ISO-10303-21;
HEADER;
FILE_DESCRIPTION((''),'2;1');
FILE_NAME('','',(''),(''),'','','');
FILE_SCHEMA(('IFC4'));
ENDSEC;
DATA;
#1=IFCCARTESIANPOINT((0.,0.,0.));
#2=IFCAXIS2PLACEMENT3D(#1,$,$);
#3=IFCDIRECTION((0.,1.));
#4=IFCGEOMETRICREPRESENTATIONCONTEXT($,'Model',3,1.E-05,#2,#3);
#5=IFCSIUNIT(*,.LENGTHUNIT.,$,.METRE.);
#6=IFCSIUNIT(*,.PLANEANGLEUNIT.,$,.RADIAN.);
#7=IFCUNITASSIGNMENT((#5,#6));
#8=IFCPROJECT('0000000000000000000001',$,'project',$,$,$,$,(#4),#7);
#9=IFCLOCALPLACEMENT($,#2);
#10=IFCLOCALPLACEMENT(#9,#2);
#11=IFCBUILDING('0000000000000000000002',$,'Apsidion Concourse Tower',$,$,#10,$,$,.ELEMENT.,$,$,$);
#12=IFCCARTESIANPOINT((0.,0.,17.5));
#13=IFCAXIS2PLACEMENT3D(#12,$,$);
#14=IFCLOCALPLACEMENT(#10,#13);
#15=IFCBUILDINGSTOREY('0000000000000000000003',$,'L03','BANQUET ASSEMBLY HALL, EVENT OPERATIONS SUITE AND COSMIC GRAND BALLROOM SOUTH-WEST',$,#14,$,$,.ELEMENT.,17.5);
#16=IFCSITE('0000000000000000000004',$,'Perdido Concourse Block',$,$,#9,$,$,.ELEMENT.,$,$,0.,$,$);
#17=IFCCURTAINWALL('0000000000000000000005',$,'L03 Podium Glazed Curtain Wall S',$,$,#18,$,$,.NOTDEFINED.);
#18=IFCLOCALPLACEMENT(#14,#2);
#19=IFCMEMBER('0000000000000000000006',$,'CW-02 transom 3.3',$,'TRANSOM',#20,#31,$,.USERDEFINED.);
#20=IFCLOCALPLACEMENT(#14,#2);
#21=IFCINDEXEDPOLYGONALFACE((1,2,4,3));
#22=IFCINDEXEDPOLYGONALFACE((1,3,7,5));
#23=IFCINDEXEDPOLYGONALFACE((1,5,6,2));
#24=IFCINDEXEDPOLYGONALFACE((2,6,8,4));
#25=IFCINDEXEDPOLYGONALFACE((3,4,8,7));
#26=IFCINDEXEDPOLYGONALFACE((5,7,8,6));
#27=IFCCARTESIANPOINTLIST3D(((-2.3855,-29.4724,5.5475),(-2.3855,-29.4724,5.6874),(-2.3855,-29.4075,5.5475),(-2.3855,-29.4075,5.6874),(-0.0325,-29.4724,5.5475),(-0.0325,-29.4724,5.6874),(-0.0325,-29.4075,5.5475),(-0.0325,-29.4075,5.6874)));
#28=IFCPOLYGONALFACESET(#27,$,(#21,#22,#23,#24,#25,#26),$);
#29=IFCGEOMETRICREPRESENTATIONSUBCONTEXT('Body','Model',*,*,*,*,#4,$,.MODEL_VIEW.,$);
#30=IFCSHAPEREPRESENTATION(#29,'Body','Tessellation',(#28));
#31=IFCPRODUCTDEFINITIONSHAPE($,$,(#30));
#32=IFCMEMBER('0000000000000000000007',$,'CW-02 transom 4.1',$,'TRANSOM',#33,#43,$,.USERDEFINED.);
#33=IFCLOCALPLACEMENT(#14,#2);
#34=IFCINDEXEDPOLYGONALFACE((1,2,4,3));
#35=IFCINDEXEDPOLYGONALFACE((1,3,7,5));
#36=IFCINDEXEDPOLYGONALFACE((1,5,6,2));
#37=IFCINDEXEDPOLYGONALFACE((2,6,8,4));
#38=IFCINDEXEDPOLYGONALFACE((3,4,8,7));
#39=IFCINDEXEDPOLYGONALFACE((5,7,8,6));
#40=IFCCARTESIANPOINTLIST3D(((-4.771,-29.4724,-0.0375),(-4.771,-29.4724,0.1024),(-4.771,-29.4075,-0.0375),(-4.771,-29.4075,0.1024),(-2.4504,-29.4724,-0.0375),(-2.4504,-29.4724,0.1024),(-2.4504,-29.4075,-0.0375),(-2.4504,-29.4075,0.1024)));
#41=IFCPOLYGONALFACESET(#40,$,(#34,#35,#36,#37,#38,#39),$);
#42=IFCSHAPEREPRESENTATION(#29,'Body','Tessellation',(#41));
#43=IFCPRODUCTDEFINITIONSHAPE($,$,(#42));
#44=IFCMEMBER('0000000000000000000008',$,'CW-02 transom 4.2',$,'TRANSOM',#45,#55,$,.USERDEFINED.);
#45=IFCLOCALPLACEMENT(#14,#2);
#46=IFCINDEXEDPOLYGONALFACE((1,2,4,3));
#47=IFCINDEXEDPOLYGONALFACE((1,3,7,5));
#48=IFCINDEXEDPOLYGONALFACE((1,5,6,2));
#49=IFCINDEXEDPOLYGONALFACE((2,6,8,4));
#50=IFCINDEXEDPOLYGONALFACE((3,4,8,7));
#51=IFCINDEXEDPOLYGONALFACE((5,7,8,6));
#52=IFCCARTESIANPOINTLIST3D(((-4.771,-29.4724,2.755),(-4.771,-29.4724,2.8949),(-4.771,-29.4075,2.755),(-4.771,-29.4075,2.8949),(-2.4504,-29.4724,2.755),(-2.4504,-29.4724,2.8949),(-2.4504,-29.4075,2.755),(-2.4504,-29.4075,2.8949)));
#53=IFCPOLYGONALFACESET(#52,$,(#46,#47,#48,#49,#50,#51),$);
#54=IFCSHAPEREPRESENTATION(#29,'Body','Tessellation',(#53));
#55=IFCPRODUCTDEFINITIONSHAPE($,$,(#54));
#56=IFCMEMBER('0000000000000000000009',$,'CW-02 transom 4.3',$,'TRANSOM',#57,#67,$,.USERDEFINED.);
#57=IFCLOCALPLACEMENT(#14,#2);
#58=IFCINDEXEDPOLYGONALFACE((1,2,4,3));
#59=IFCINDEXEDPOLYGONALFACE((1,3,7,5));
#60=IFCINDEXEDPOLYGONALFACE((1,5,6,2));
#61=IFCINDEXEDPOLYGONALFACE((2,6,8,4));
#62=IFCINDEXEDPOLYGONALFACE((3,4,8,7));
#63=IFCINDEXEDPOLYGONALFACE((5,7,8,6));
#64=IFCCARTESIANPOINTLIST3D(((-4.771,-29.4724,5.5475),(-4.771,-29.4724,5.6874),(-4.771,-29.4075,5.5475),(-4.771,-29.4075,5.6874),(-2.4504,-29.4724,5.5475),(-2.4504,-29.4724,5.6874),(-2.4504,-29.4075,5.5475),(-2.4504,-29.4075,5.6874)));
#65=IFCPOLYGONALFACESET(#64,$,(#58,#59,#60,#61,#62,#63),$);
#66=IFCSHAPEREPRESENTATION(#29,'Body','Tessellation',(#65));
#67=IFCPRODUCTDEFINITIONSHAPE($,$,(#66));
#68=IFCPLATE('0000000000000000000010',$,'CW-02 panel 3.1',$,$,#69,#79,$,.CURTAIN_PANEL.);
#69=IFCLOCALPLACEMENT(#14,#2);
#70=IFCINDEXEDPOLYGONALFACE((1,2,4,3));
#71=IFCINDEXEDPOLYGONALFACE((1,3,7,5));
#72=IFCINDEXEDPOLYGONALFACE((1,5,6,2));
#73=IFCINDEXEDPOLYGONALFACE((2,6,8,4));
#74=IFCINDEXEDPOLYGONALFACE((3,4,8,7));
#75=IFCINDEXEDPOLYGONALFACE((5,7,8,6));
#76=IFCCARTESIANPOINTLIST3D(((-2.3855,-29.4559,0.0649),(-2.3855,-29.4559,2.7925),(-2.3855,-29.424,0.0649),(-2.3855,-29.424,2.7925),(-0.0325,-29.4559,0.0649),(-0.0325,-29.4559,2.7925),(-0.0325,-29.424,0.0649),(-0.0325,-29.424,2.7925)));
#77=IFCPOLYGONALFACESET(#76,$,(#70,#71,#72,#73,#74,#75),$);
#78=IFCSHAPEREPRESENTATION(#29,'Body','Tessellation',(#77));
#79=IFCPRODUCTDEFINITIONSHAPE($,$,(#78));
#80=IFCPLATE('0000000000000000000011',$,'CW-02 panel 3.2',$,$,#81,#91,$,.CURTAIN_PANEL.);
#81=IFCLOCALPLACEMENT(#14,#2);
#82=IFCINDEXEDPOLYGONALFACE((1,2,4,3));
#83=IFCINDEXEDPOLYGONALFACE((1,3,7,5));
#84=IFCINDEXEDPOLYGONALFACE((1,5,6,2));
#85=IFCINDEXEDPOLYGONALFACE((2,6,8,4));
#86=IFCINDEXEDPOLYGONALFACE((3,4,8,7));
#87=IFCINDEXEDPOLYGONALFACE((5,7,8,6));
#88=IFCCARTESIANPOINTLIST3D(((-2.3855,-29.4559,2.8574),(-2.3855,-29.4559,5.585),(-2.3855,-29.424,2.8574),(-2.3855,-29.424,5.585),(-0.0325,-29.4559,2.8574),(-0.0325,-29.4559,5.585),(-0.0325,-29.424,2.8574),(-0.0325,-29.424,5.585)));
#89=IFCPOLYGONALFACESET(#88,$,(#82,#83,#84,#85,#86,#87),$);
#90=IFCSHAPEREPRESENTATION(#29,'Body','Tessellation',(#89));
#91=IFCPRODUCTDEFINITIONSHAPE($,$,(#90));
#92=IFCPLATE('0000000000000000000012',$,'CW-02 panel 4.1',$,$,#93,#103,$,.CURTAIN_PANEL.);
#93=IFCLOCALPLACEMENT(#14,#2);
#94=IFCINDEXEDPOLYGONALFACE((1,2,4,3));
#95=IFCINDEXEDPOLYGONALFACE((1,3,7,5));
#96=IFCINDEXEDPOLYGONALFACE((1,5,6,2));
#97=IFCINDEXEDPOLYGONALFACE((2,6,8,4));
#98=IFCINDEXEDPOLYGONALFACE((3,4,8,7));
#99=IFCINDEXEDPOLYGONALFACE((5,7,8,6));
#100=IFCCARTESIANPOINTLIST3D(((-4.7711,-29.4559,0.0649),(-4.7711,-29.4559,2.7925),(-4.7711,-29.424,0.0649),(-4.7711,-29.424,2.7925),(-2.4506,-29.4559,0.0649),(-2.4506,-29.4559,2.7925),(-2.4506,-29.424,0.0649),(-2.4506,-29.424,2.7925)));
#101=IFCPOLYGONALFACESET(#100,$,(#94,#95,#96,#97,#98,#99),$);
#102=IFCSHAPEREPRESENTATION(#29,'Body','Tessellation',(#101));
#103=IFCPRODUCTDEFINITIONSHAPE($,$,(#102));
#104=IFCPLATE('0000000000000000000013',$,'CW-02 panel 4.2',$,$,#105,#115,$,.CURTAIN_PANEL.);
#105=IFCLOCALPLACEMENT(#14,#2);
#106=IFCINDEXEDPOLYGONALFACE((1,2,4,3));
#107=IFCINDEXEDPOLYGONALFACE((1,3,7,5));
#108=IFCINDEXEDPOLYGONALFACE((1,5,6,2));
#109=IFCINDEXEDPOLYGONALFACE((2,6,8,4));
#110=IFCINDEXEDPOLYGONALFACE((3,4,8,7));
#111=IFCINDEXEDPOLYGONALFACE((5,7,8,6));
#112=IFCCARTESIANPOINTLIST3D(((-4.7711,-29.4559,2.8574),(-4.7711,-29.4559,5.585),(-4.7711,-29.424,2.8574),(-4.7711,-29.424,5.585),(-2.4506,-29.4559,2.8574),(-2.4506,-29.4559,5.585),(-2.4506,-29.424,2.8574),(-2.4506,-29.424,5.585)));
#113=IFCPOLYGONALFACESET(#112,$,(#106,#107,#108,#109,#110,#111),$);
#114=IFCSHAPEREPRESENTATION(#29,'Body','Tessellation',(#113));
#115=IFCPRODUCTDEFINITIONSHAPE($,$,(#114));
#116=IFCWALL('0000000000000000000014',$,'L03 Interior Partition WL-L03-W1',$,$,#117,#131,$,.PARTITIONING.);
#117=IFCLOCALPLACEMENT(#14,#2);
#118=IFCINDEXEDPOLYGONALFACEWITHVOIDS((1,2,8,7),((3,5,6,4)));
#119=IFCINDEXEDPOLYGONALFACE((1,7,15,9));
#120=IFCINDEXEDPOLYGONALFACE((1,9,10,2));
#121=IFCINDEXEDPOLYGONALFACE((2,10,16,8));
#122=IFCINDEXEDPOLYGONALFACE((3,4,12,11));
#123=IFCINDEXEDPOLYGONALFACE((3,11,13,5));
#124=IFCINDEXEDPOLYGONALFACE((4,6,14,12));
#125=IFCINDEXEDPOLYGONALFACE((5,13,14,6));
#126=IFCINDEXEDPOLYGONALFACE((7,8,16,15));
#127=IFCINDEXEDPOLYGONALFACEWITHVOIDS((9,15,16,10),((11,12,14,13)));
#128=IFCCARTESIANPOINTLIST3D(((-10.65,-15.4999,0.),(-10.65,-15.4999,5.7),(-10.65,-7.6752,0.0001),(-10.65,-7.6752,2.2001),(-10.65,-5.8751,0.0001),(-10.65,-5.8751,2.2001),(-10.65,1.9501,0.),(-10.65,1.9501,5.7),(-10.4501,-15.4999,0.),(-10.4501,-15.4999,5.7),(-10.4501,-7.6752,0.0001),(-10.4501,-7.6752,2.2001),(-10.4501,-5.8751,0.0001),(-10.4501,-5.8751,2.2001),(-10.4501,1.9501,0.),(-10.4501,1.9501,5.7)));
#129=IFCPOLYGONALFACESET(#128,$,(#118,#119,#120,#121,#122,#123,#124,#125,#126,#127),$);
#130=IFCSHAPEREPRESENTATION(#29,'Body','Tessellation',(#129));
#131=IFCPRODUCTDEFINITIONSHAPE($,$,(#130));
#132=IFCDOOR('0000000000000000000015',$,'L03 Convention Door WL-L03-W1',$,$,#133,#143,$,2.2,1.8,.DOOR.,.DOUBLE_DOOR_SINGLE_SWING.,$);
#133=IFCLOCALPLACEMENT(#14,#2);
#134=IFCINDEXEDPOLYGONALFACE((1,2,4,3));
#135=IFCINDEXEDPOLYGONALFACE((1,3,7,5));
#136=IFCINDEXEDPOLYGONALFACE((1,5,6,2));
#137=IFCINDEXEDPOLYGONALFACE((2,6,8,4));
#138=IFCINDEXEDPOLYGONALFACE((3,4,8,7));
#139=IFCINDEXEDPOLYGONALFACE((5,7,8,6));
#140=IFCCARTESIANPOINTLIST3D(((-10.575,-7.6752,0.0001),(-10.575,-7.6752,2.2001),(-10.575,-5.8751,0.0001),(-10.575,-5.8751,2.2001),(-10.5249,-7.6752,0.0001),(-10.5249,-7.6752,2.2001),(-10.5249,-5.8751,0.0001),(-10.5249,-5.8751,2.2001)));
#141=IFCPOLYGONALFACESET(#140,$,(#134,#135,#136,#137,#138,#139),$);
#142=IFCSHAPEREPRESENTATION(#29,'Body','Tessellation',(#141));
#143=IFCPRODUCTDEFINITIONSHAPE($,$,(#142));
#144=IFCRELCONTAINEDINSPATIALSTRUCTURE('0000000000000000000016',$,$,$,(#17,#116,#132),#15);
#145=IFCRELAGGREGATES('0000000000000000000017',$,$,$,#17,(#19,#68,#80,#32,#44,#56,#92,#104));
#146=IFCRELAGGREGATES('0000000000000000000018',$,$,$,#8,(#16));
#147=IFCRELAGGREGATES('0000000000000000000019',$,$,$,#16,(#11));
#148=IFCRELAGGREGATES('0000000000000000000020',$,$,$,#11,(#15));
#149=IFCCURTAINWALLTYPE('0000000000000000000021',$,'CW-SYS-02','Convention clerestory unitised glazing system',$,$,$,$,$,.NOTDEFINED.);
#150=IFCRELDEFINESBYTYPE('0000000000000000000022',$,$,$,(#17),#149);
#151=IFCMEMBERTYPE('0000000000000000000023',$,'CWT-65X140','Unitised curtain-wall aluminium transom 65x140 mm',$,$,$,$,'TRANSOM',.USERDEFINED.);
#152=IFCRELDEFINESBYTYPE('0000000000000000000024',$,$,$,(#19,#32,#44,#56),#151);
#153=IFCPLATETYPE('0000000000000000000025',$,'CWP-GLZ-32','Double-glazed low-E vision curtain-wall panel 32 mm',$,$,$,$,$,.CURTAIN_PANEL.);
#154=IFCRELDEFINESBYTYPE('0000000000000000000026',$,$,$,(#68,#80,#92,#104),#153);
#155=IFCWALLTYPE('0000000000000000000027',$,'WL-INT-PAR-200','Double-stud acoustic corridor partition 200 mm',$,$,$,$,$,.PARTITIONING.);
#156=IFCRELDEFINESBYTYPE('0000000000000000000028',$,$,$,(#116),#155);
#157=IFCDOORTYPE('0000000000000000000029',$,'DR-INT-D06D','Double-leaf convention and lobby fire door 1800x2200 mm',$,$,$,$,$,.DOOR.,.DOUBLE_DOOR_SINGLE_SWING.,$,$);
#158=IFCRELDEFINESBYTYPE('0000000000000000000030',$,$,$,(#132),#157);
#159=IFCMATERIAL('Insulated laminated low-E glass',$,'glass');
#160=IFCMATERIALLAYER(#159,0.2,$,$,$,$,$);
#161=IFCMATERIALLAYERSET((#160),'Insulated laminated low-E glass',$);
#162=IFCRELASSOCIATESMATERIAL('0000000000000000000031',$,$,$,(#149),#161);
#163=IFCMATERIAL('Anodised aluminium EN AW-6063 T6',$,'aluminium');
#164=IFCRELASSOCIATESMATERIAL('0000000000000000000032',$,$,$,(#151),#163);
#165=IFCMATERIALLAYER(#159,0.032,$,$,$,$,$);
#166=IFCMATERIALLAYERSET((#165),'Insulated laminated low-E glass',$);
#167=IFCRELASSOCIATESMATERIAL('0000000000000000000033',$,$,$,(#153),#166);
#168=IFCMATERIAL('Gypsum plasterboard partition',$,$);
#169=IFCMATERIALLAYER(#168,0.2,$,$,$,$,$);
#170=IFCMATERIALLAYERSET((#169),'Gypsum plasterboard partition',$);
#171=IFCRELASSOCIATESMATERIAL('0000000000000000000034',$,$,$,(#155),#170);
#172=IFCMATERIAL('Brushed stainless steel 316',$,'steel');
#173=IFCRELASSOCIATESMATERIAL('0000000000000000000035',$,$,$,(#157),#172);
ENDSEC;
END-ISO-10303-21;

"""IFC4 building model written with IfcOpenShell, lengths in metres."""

from ifc_helpers import new_model, si_unit, direction, frame, frame_2d, origin, origin_2d, place, context, subcontext, project, spatial, rectangle, extrude, material, layer, layer_set, material_profile, profile_set, type_object, element, fill, aggregate, save


model = new_model("IFC4")

# Units and contexts
model_context = context("Model", 3, precision=1e-05, world=origin(), true_north=direction((0.0, 1.0)))
body_context = subcontext(model_context, "Body", "Model", "MODEL_VIEW")
ifc_project = project(units=[si_unit("LENGTHUNIT", "METRE"), si_unit("PLANEANGLEUNIT", "RADIAN")], contexts=[model_context])

# Site, building, storey
site_placement = place(None, origin())
site = spatial("IfcSite", under=ifc_project, at=site_placement, Name="Perdido Concourse Block", CompositionType="ELEMENT", RefElevation=0.0)
building_placement = place(site_placement, origin())
building = spatial("IfcBuilding", under=site, at=building_placement, Name="Apsidion Concourse Tower", CompositionType="ELEMENT")
storey_placement = place(building_placement, frame((0.0, 0.0, 17.5)))
storey = spatial("IfcBuildingStorey", under=building, at=storey_placement, Name="L03", Description="BANQUET ASSEMBLY HALL, EVENT OPERATIONS SUITE AND COSMIC GRAND BALLROOM SOUTH-WEST", CompositionType="ELEMENT", Elevation=17.5)

# Curtain wall, members, plates
ifc_material_1 = material(Name="Insulated laminated low-E glass", Category="glass")
ifc_layer_1 = layer(ifc_material_1, 0.2)
ifc_layer_set_1 = layer_set([ifc_layer_1], Name="Insulated laminated low-E glass")
curtain_wall_type = type_object("IfcCurtainWallType", Name="CW-SYS-02", Description="Convention clerestory unitised glazing system", PredefinedType="NOTDEFINED", material=ifc_layer_set_1)
curtain_wall_placement = place(storey_placement, origin())
curtain_wall = element("IfcCurtainWall", 1, at=curtain_wall_placement, inside=storey, type_object=curtain_wall_type, Name="L03 Podium Glazed Curtain Wall S", PredefinedType="NOTDEFINED")
ifc_material_2 = material(Name="Anodised aluminium EN AW-6063 T6", Category="aluminium")
ifc_material_profile_1 = material_profile(ifc_material_2, rectangle(XDim=0.0649, YDim=0.1399, at=origin_2d()), Name="ALU TRANSOM 65x140")
ifc_profile_set_1 = profile_set([ifc_material_profile_1], Name="Anodised aluminium EN AW-6063 T6")
member_type_1 = type_object("IfcMemberType", Name="CWT-65X140", Description="Unitised curtain-wall aluminium transom 65x140 mm", ElementType="TRANSOM", PredefinedType="USERDEFINED", material=ifc_profile_set_1)
member_1_placement = place(storey_placement, frame((-0.0325, -29.4399, 5.6174), z_axis=(-1.0, 0.0, 0.0), x_axis=(0.0, -1.0, 0.0)))
member_1 = element("IfcMember", 2, at=member_1_placement, type_object=member_type_1, Name="CW-02 transom 3.3", ObjectType="TRANSOM", PredefinedType="USERDEFINED", context=body_context, shape_type="SweptSolid", body=[
    extrude(rectangle(XDim=0.0649, YDim=0.1399, at=origin_2d()), origin(), (0.0, 0.0, 1.0), 2.353),
])
member_2_placement = place(storey_placement, frame((-2.4504, -29.4399, 0.0325), z_axis=(-1.0, 0.0, 0.0), x_axis=(0.0, -1.0, 0.0)))
member_2 = element("IfcMember", 3, at=member_2_placement, type_object=member_type_1, Name="CW-02 transom 4.1", ObjectType="TRANSOM", PredefinedType="USERDEFINED", context=body_context, shape_type="SweptSolid", body=[
    extrude(rectangle(XDim=0.0649, YDim=0.1399, at=origin_2d()), origin(), (0.0, 0.0, 1.0), 2.3206),
])
member_3_placement = place(storey_placement, frame((-2.4504, -29.4399, 2.825), z_axis=(-1.0, 0.0, 0.0), x_axis=(0.0, -1.0, 0.0)))
member_3 = element("IfcMember", 4, at=member_3_placement, type_object=member_type_1, Name="CW-02 transom 4.2", ObjectType="TRANSOM", PredefinedType="USERDEFINED", context=body_context, shape_type="SweptSolid", body=[
    extrude(rectangle(XDim=0.0649, YDim=0.1399, at=origin_2d()), origin(), (0.0, 0.0, 1.0), 2.3206),
])
member_4_placement = place(storey_placement, frame((-2.4504, -29.4399, 5.6174), z_axis=(-1.0, 0.0, 0.0), x_axis=(0.0, -1.0, 0.0)))
member_4 = element("IfcMember", 5, at=member_4_placement, type_object=member_type_1, Name="CW-02 transom 4.3", ObjectType="TRANSOM", PredefinedType="USERDEFINED", context=body_context, shape_type="SweptSolid", body=[
    extrude(rectangle(XDim=0.0649, YDim=0.1399, at=origin_2d()), origin(), (0.0, 0.0, 1.0), 2.3206),
])
ifc_layer_2 = layer(ifc_material_1, 0.032)
ifc_layer_set_2 = layer_set([ifc_layer_2], Name="Insulated laminated low-E glass")
plate_type = type_object("IfcPlateType", Name="CWP-GLZ-32", Description="Double-glazed low-E vision curtain-wall panel 32 mm", PredefinedType="CURTAIN_PANEL", material=ifc_layer_set_2)
plate_1_placement = place(storey_placement, frame((-1.209, -29.4399, 0.0649), z_axis=(0.0, 0.0, 1.0), x_axis=(-1.0, 0.0, 0.0)))
plate_1 = element("IfcPlate", 6, at=plate_1_placement, type_object=plate_type, Name="CW-02 panel 3.1", PredefinedType="CURTAIN_PANEL", context=body_context, shape_type="SweptSolid", body=[
    extrude(rectangle(XDim=2.353, YDim=0.032, at=origin_2d()), origin(), (0.0, 0.0, 1.0), 2.7275),
])
plate_2_placement = place(storey_placement, frame((-1.209, -29.4399, 2.8574), z_axis=(0.0, 0.0, 1.0), x_axis=(-1.0, 0.0, 0.0)))
plate_2 = element("IfcPlate", 7, at=plate_2_placement, type_object=plate_type, Name="CW-02 panel 3.2", PredefinedType="CURTAIN_PANEL", context=body_context, shape_type="SweptSolid", body=[
    extrude(rectangle(XDim=2.353, YDim=0.032, at=origin_2d()), origin(), (0.0, 0.0, 1.0), 2.7275),
])
plate_3_placement = place(storey_placement, frame((-3.6108, -29.4399, 0.0649), z_axis=(0.0, 0.0, 1.0), x_axis=(-1.0, 0.0, 0.0)))
plate_3 = element("IfcPlate", 8, at=plate_3_placement, type_object=plate_type, Name="CW-02 panel 4.1", PredefinedType="CURTAIN_PANEL", context=body_context, shape_type="SweptSolid", body=[
    extrude(rectangle(XDim=2.3206, YDim=0.032, at=origin_2d()), origin(), (0.0, 0.0, 1.0), 2.7275),
])
plate_4_placement = place(storey_placement, frame((-3.6108, -29.4399, 2.8574), z_axis=(0.0, 0.0, 1.0), x_axis=(-1.0, 0.0, 0.0)))
plate_4 = element("IfcPlate", 9, at=plate_4_placement, type_object=plate_type, Name="CW-02 panel 4.2", PredefinedType="CURTAIN_PANEL", context=body_context, shape_type="SweptSolid", body=[
    extrude(rectangle(XDim=2.3206, YDim=0.032, at=origin_2d()), origin(), (0.0, 0.0, 1.0), 2.7275),
])
aggregate(curtain_wall, [member_1, plate_1, plate_2, member_2, member_3, member_4, plate_3, plate_4])

# Wall, opening, door
ifc_material_3 = material(Name="Gypsum plasterboard partition")
ifc_layer_3 = layer(ifc_material_3, 0.2)
ifc_layer_set_3 = layer_set([ifc_layer_3], Name="Gypsum plasterboard partition")
wall_type = type_object("IfcWallType", Name="WL-INT-PAR-200", Description="Double-stud acoustic corridor partition 200 mm", PredefinedType="PARTITIONING", material=ifc_layer_set_3)
wall_placement = place(storey_placement, frame((-10.55, -15.5, 0.0), z_axis=(0.0, 0.0, 1.0), x_axis=(0.0, 1.0, 0.0)))
wall = element("IfcWall", 10, at=wall_placement, inside=storey, type_object=wall_type, Name="L03 Interior Partition WL-L03-W1", PredefinedType="PARTITIONING", context=body_context, shape_type="SweptSolid", body=[
    extrude(rectangle(XDim=17.45, YDim=0.2, at=frame_2d((8.7251, 0.0))), origin(), (0.0, 0.0, 1.0), 5.7),
])
opening_placement = place(wall_placement, frame((7.825, 0.0, 0.0)))
opening = element("IfcOpeningElement", 11, at=opening_placement, cuts=wall, PredefinedType="OPENING", context=body_context, shape_type="SweptSolid", body=[
    extrude(rectangle(XDim=1.8, YDim=2.2, at=frame_2d((0.8999, 1.1001))), frame((0.0, 0.1099, 0.0), z_axis=(0.0, -1.0, 0.0), x_axis=(1.0, 0.0, 0.0)), (0.0, 0.0, 1.0), 0.22),
])
ifc_material_4 = material(Name="Brushed stainless steel 316", Category="steel")
door_type = type_object("IfcDoorType", Name="DR-INT-D06D", Description="Double-leaf convention and lobby fire door 1800x2200 mm", OperationType="DOUBLE_DOOR_SINGLE_SWING", PredefinedType="DOOR", material=ifc_material_4)
door_placement = place(opening_placement, origin())
door = element("IfcDoor", 12, at=door_placement, inside=storey, type_object=door_type, Name="L03 Convention Door WL-L03-W1", OperationType="DOUBLE_DOOR_SINGLE_SWING", OverallHeight=2.2, OverallWidth=1.8, PredefinedType="DOOR", context=body_context, shape_type="SweptSolid", body=[
    extrude(rectangle(XDim=1.8, YDim=2.2, at=frame_2d((0.8999, 1.1001))), frame((0.0, 0.0249, 0.0), z_axis=(0.0, -1.0, 0.0), x_axis=(1.0, 0.0, 0.0)), (0.0, 0.0, 1.0), 0.05),
])
fill(opening, door)

save(model, "model.ifc")
